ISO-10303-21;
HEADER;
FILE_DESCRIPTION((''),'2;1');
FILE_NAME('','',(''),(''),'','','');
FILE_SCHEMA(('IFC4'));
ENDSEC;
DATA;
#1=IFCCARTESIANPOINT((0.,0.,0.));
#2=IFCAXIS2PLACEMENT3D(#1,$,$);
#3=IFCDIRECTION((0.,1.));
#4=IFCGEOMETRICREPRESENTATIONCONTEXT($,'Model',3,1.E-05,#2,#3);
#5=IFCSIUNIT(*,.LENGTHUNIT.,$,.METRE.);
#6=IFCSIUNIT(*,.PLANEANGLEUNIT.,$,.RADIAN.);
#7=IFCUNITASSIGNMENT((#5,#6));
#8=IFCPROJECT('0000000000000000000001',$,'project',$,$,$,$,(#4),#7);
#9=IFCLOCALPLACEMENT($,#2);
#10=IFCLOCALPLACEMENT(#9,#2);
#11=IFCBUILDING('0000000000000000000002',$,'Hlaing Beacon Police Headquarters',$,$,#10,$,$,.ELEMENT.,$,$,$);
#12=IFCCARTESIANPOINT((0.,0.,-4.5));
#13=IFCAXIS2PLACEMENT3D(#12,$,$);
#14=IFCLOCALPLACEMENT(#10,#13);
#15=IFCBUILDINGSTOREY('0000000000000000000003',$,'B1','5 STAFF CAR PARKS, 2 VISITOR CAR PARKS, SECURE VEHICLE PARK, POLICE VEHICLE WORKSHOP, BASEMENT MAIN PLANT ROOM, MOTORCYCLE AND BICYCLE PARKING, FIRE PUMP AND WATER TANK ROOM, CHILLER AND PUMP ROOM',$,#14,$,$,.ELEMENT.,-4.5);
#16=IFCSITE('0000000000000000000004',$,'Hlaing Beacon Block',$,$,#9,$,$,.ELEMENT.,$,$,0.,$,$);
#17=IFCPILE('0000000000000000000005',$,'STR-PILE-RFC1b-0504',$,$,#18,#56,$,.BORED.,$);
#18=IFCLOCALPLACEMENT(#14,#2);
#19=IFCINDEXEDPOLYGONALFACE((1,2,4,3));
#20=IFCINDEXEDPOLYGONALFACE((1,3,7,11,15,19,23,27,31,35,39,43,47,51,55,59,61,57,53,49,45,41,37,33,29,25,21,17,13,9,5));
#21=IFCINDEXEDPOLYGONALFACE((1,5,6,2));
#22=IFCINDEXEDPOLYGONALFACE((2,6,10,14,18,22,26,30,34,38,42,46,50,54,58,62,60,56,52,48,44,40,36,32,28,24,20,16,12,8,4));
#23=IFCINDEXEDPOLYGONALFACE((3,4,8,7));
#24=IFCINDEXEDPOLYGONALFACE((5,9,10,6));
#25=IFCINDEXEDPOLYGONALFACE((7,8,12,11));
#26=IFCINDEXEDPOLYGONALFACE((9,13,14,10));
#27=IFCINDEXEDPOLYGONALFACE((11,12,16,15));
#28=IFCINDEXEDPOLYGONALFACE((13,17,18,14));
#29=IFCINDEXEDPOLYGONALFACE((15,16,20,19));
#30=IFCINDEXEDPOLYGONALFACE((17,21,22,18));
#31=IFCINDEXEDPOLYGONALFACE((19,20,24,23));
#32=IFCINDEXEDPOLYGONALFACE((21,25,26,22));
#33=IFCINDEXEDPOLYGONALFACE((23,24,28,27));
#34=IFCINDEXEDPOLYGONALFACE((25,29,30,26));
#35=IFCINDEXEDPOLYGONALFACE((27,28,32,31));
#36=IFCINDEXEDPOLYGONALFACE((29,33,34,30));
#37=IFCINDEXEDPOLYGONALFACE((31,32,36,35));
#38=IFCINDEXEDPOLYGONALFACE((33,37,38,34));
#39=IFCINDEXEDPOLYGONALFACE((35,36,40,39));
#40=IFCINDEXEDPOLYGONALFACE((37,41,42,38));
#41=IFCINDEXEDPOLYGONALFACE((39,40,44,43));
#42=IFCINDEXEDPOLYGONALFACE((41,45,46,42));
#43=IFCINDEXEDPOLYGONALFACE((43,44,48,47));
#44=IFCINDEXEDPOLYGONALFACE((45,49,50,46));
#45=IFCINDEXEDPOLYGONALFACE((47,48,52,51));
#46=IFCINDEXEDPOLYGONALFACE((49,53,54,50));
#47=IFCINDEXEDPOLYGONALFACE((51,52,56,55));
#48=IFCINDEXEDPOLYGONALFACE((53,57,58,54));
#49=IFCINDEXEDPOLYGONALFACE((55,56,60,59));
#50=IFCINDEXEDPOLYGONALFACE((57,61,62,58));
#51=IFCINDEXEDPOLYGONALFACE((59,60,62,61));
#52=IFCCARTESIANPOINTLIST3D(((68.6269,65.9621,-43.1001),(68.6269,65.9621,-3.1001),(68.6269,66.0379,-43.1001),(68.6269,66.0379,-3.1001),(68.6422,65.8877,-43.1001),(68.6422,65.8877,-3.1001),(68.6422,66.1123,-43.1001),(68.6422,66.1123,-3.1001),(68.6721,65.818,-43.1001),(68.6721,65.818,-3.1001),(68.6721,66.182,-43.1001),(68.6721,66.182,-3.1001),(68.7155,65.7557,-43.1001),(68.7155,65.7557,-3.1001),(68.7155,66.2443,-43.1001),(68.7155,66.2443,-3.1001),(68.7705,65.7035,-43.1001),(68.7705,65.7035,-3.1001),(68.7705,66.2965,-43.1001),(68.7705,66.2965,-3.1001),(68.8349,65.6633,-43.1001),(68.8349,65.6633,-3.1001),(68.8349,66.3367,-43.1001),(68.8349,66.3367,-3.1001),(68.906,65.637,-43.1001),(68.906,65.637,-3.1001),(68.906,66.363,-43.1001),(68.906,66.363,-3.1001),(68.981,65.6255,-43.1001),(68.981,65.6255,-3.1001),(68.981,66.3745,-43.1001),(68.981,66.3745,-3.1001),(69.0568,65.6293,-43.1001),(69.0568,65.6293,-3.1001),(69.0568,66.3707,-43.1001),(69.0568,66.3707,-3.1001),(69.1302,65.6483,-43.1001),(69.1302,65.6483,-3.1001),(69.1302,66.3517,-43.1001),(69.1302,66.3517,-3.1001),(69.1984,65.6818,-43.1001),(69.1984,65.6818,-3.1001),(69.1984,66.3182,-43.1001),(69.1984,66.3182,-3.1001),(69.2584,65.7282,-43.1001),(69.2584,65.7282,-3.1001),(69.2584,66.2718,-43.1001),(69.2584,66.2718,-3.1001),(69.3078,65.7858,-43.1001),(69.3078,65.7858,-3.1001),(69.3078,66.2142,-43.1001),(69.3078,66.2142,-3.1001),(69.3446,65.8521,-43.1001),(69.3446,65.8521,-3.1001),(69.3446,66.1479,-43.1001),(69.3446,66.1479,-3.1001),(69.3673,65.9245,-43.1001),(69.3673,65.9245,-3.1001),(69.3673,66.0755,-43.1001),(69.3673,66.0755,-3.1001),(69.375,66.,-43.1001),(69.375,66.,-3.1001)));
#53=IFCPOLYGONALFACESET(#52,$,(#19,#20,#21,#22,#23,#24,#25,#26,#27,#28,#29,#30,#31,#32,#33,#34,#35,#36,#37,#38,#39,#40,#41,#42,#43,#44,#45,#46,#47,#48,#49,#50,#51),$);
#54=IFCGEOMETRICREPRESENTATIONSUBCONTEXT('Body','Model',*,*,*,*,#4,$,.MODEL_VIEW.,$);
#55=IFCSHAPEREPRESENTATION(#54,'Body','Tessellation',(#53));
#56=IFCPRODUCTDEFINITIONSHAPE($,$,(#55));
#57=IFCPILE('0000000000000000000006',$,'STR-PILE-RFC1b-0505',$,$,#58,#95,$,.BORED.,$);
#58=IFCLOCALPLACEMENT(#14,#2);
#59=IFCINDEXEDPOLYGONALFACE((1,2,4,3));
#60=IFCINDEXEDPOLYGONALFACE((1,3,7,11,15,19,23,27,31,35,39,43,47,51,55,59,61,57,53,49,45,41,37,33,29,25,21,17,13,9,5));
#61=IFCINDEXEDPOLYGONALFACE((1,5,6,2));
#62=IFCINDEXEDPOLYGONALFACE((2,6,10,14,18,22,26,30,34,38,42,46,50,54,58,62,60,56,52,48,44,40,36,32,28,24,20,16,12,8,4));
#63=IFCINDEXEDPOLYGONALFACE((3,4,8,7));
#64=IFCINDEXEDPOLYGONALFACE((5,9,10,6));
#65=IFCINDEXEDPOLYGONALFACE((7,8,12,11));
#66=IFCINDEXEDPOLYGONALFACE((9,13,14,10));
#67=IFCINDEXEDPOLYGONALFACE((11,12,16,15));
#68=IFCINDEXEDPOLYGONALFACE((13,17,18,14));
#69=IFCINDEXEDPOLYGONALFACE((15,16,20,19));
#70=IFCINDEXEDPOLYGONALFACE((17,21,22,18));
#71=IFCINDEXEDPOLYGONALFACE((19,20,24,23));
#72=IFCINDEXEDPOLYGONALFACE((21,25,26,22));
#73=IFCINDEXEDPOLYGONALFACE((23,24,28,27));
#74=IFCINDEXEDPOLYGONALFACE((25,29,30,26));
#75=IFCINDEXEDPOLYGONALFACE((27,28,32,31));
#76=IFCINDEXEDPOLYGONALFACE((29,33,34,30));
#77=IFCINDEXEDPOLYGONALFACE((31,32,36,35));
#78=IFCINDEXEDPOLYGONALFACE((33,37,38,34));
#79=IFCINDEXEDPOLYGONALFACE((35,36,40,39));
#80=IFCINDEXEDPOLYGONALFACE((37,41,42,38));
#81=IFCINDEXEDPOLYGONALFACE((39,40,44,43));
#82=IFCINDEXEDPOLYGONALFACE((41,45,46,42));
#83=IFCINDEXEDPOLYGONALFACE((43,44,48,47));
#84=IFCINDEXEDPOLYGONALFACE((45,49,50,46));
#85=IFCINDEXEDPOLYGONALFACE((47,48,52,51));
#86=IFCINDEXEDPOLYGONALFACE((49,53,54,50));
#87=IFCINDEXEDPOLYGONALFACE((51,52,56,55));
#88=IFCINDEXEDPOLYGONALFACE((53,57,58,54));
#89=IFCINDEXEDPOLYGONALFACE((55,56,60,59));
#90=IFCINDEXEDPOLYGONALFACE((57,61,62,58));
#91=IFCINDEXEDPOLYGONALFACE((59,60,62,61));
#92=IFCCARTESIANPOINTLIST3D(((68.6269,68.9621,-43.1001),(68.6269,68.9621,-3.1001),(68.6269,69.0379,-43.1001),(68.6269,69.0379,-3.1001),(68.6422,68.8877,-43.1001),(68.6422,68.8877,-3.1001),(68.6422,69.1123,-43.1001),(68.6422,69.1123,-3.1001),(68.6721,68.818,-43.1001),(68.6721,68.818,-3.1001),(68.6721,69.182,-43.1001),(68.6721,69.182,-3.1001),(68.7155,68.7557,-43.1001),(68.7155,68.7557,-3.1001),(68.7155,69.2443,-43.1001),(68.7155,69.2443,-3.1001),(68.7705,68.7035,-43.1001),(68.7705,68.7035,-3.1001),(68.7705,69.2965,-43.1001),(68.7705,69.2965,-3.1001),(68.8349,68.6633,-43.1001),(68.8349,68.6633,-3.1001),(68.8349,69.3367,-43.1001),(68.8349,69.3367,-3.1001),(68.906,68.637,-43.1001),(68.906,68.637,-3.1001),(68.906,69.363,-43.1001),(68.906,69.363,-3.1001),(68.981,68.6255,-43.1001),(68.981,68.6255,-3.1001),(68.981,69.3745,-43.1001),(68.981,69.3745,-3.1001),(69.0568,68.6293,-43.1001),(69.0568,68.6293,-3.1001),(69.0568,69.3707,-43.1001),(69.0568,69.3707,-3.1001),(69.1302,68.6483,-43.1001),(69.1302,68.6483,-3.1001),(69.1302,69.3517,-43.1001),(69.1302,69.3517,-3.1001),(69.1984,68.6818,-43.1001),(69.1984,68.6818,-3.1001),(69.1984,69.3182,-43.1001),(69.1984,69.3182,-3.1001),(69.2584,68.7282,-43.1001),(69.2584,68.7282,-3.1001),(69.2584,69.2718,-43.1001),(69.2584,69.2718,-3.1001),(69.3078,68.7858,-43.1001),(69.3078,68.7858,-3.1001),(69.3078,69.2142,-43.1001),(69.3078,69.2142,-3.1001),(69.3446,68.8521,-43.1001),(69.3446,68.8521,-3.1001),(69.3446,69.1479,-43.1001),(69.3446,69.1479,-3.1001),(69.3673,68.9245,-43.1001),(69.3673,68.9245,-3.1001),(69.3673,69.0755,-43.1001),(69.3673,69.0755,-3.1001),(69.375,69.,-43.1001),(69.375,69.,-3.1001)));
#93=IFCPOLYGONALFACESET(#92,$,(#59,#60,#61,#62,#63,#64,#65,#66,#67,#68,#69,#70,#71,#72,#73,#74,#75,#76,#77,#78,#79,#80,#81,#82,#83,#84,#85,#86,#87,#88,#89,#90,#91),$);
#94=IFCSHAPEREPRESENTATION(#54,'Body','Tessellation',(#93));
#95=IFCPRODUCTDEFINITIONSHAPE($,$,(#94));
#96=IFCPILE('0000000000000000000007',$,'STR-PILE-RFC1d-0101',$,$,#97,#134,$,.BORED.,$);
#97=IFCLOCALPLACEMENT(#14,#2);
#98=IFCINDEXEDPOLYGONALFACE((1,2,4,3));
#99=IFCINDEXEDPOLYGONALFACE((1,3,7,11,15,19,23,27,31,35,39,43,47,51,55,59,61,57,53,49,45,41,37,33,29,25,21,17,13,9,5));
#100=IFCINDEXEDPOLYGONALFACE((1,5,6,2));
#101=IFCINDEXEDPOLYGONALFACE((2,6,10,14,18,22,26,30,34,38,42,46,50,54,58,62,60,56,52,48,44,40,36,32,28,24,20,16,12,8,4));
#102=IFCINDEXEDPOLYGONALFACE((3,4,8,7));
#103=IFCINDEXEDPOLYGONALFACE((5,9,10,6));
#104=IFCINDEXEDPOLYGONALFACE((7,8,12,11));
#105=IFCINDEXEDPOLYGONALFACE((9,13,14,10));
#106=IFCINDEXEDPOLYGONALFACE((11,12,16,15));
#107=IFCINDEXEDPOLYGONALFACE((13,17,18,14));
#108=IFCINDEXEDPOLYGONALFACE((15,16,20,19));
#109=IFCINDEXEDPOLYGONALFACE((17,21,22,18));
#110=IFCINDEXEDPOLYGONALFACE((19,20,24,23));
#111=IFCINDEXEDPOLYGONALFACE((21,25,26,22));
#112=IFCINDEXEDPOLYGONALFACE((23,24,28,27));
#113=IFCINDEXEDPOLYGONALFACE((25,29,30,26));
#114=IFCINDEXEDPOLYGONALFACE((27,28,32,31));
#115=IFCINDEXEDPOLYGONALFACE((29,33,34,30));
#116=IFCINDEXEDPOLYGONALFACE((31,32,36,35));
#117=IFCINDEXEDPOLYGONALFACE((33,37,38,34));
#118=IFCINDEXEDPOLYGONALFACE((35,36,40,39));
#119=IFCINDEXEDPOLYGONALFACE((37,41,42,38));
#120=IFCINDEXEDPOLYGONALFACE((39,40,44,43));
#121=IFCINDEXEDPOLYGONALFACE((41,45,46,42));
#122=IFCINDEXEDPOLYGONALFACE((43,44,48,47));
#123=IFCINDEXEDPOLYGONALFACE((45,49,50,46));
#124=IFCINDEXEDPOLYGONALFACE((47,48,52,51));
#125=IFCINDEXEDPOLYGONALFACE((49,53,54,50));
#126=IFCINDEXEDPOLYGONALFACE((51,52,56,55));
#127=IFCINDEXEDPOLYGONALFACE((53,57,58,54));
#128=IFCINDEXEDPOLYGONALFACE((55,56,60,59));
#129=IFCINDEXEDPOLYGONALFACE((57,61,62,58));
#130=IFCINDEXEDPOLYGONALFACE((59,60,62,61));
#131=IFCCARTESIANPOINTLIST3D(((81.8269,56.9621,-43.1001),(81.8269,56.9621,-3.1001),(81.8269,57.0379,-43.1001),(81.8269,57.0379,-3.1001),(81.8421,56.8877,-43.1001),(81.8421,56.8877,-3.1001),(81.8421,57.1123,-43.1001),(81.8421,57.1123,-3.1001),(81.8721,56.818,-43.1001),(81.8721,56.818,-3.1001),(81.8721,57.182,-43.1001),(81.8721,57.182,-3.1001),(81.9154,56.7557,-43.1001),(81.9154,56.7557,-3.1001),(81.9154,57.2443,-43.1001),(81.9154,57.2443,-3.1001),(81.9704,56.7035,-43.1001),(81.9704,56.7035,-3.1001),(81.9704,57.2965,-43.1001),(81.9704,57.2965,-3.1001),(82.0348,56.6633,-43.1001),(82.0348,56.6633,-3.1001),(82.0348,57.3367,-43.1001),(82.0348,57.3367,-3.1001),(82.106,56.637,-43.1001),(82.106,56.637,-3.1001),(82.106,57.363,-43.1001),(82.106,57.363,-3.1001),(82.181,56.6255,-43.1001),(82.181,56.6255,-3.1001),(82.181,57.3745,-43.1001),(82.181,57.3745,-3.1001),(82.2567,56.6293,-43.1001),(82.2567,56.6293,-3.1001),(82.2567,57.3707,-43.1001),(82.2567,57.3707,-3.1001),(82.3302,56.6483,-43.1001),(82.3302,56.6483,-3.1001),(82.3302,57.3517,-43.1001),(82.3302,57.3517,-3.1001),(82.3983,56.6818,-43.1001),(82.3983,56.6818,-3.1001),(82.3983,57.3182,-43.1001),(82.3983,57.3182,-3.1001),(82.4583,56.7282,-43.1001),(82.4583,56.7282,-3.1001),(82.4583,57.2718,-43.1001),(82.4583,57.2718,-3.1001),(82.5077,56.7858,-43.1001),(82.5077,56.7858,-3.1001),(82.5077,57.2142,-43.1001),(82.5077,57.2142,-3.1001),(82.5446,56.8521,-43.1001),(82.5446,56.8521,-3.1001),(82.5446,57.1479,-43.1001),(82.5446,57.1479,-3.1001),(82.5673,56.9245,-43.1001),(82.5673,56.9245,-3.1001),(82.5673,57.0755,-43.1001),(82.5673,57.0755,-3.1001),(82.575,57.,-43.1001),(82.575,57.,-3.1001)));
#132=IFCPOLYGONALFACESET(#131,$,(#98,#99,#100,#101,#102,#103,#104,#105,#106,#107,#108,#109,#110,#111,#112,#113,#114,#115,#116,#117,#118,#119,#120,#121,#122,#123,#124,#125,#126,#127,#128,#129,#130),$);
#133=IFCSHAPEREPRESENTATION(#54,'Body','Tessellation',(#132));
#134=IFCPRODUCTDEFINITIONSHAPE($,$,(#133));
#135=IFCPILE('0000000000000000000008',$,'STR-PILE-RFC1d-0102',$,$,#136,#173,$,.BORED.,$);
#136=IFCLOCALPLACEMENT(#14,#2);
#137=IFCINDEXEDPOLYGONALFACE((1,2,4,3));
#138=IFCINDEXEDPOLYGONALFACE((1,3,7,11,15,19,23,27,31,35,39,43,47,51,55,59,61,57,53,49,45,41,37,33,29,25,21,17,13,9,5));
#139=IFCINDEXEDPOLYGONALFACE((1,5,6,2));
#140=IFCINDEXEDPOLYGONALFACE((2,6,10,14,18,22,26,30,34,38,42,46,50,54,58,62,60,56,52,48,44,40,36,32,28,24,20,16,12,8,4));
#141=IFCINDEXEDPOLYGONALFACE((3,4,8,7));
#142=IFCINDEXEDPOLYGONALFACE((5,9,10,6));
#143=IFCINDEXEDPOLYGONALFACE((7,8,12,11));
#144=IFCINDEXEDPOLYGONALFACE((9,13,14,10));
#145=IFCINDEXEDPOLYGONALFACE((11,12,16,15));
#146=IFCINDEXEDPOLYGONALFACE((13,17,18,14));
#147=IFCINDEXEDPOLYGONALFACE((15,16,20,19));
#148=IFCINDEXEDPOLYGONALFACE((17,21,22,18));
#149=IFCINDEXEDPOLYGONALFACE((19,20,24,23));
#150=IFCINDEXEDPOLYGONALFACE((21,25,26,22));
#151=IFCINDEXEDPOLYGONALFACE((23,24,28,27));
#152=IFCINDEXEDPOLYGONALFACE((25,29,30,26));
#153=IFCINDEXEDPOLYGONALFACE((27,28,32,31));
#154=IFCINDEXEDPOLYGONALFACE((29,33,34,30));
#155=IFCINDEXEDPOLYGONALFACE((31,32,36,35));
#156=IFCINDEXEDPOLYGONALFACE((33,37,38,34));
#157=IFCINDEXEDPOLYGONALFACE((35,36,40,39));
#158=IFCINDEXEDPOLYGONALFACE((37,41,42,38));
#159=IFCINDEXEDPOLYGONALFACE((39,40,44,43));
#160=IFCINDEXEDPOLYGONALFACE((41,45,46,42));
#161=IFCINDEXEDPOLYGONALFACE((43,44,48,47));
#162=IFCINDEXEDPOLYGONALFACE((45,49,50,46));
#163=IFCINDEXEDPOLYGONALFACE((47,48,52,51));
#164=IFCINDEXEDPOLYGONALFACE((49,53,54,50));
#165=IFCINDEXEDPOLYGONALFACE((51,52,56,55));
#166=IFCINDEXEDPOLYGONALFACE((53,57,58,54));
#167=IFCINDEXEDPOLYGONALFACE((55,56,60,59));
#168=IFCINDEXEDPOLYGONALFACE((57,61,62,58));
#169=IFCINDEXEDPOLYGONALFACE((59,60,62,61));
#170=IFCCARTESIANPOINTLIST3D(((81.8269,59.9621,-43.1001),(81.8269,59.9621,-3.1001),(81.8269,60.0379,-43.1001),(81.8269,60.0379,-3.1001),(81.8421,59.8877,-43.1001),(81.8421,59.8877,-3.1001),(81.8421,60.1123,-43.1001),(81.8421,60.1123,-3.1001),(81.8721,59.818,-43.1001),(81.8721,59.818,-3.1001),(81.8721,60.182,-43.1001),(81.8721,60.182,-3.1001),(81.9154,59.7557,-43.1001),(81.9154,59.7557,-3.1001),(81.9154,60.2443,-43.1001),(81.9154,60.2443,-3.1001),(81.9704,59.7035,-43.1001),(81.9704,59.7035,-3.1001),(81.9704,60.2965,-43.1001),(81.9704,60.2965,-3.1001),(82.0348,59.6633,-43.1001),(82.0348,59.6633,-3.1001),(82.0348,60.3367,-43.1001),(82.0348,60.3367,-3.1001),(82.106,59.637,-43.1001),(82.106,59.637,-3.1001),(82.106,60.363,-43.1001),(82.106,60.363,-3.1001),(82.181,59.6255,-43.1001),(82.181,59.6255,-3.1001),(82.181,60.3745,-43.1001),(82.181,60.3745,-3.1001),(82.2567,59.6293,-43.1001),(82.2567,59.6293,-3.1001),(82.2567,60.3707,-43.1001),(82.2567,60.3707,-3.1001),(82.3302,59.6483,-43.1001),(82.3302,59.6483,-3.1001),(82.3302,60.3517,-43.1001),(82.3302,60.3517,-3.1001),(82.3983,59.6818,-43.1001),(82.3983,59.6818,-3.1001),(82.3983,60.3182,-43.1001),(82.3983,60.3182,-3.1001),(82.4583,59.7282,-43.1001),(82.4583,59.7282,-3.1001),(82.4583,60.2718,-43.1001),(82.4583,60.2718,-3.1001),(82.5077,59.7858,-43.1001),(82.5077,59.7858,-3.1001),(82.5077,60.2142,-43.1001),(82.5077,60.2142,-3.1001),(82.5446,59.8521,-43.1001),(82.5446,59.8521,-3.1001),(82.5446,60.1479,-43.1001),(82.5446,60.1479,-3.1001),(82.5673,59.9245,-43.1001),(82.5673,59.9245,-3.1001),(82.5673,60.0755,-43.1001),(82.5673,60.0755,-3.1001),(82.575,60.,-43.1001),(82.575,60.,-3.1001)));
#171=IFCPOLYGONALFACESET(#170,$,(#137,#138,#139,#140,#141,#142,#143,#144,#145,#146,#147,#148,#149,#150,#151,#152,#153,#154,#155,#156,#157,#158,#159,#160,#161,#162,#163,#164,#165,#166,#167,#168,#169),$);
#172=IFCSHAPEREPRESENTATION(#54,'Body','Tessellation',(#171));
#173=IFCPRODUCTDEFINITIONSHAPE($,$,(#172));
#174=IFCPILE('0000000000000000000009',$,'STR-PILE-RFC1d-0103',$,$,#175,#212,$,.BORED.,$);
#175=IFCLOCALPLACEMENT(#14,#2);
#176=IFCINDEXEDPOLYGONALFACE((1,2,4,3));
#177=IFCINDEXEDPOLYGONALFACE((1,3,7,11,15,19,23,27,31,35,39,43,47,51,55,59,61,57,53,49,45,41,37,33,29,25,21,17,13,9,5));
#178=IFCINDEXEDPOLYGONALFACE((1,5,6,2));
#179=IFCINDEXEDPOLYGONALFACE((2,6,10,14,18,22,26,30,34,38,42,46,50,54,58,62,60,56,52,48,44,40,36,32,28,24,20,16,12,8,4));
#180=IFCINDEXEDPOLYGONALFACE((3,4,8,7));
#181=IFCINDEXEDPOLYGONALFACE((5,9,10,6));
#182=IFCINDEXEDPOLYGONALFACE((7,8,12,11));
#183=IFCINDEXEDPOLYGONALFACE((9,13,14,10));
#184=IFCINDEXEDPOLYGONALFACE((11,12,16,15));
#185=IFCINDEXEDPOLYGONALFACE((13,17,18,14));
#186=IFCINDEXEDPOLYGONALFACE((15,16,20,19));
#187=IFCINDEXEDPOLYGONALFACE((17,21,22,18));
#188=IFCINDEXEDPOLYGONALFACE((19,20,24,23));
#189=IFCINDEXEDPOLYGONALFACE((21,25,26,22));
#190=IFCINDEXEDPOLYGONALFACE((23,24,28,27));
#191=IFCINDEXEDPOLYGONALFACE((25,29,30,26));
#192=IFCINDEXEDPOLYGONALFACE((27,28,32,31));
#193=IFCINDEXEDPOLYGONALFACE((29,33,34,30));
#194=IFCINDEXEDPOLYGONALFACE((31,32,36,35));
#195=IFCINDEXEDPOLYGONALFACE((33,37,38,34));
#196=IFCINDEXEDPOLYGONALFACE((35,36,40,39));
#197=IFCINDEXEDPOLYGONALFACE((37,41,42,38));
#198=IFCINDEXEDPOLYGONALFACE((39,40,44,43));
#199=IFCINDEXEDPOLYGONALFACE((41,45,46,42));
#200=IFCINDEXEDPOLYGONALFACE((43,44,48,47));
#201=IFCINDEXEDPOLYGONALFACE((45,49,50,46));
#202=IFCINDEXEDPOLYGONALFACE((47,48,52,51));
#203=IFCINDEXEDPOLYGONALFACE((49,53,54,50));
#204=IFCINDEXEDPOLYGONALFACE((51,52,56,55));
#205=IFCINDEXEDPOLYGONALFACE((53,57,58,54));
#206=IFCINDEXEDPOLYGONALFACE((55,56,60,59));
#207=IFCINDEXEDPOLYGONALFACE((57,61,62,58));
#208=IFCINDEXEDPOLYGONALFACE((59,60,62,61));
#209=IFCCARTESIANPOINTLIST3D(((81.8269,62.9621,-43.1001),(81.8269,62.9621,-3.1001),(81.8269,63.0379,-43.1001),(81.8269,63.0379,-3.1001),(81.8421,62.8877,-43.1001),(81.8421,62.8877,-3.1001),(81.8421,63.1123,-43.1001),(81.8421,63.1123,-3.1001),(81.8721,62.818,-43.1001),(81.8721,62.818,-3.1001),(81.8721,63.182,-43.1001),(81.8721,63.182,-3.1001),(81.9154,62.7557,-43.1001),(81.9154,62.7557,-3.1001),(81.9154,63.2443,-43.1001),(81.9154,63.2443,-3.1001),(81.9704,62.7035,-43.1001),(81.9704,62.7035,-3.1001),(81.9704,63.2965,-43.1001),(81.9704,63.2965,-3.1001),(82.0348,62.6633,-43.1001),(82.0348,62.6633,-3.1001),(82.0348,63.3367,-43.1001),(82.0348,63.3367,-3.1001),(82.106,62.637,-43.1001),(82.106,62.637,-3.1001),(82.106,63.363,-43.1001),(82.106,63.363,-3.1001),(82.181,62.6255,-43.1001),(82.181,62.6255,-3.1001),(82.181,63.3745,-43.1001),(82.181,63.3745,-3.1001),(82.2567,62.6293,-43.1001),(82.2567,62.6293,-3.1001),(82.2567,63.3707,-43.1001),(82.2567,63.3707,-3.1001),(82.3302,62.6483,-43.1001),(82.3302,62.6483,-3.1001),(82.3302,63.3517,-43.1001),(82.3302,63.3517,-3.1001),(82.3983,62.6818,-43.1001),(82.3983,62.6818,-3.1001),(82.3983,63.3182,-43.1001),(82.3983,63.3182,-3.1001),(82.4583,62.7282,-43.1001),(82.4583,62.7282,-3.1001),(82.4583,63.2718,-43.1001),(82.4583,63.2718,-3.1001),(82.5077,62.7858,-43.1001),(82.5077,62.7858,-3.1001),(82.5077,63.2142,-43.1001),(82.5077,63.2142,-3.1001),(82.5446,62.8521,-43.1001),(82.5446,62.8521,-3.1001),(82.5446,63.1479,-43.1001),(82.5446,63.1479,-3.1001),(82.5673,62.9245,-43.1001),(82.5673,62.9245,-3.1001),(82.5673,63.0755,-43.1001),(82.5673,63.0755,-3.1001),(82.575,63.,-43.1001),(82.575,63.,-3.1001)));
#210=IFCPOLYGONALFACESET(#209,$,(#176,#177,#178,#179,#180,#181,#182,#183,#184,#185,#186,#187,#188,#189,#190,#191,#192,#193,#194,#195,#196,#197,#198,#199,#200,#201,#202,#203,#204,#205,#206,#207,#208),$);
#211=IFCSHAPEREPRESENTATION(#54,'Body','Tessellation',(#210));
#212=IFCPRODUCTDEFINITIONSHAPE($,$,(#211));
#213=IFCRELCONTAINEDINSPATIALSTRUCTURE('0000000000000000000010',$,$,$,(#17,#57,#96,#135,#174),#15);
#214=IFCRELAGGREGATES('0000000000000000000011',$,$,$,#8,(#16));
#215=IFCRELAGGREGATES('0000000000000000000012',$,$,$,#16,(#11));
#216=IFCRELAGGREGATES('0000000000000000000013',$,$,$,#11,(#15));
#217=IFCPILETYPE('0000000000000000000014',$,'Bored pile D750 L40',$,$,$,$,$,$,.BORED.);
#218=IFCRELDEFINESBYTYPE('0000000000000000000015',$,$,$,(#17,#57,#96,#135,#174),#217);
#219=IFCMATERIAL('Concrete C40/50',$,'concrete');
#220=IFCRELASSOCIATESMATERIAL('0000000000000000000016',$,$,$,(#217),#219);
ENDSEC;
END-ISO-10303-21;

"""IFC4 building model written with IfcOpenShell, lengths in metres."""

from ifc_helpers import new_model, si_unit, direction, frame, origin, origin_2d, place, context, subcontext, project, spatial, circle, extrude, material, material_profile, profile_set, type_object, element, save


model = new_model("IFC4")

# Units and contexts
model_context = context("Model", 3, precision=1e-05, world=origin(), true_north=direction((0.0, 1.0)))
body_context = subcontext(model_context, "Body", "Model", "MODEL_VIEW")
ifc_project = project(units=[si_unit("LENGTHUNIT", "METRE"), si_unit("PLANEANGLEUNIT", "RADIAN")], contexts=[model_context])

# Site, building, storey
site_placement = place(None, origin())
site = spatial("IfcSite", under=ifc_project, at=site_placement, Name="Hlaing Beacon Block", CompositionType="ELEMENT", RefElevation=0.0)
building_placement = place(site_placement, origin())
building = spatial("IfcBuilding", under=site, at=building_placement, Name="Hlaing Beacon Police Headquarters", CompositionType="ELEMENT")
storey_placement = place(building_placement, frame((0.0, 0.0, -4.5)))
storey = spatial("IfcBuildingStorey", under=building, at=storey_placement, Name="B1", Description="5 STAFF CAR PARKS, 2 VISITOR CAR PARKS, SECURE VEHICLE PARK, POLICE VEHICLE WORKSHOP, BASEMENT MAIN PLANT ROOM, MOTORCYCLE AND BICYCLE PARKING, FIRE PUMP AND WATER TANK ROOM, CHILLER AND PUMP ROOM", CompositionType="ELEMENT", Elevation=-4.5)

# Piles
ifc_material_1 = material(Name="Concrete C40/50", Category="concrete")
ifc_material_profile_1 = material_profile(ifc_material_1, circle(Radius=0.375, at=origin_2d()), Name="D750")
ifc_profile_set_1 = profile_set([ifc_material_profile_1], Name="Concrete C40/50")
pile_type_1 = type_object("IfcPileType", Name="Bored pile D750 L40", PredefinedType="BORED", material=ifc_profile_set_1)
for number, where, z_axis, x_axis, name in (
    (1, (69.0, 66.0, -3.1001), (0.0, 0.0, -1.0), (1.0, 0.0, 0.0), "STR-PILE-RFC1b-0504"),
    (2, (69.0, 69.0, -3.1001), (0.0, 0.0, -1.0), (1.0, 0.0, 0.0), "STR-PILE-RFC1b-0505"),
    (3, (82.2, 57.0, -3.1001), (0.0, 0.0, -1.0), (1.0, 0.0, 0.0), "STR-PILE-RFC1d-0101"),
    (4, (82.2, 60.0, -3.1001), (0.0, 0.0, -1.0), (1.0, 0.0, 0.0), "STR-PILE-RFC1d-0102"),
    (5, (82.2, 63.0, -3.1001), (0.0, 0.0, -1.0), (1.0, 0.0, 0.0), "STR-PILE-RFC1d-0103"),
):
    element("IfcPile", number, at=place(storey_placement, frame(where, z_axis=z_axis, x_axis=x_axis)), inside=storey, type_object=pile_type_1, Name=name, PredefinedType="BORED", context=body_context, shape_type="SweptSolid", body=[
        extrude(circle(Radius=0.375, at=origin_2d()), origin(), (0.0, 0.0, 1.0), 40.0),
    ])

save(model, "model.ifc")
